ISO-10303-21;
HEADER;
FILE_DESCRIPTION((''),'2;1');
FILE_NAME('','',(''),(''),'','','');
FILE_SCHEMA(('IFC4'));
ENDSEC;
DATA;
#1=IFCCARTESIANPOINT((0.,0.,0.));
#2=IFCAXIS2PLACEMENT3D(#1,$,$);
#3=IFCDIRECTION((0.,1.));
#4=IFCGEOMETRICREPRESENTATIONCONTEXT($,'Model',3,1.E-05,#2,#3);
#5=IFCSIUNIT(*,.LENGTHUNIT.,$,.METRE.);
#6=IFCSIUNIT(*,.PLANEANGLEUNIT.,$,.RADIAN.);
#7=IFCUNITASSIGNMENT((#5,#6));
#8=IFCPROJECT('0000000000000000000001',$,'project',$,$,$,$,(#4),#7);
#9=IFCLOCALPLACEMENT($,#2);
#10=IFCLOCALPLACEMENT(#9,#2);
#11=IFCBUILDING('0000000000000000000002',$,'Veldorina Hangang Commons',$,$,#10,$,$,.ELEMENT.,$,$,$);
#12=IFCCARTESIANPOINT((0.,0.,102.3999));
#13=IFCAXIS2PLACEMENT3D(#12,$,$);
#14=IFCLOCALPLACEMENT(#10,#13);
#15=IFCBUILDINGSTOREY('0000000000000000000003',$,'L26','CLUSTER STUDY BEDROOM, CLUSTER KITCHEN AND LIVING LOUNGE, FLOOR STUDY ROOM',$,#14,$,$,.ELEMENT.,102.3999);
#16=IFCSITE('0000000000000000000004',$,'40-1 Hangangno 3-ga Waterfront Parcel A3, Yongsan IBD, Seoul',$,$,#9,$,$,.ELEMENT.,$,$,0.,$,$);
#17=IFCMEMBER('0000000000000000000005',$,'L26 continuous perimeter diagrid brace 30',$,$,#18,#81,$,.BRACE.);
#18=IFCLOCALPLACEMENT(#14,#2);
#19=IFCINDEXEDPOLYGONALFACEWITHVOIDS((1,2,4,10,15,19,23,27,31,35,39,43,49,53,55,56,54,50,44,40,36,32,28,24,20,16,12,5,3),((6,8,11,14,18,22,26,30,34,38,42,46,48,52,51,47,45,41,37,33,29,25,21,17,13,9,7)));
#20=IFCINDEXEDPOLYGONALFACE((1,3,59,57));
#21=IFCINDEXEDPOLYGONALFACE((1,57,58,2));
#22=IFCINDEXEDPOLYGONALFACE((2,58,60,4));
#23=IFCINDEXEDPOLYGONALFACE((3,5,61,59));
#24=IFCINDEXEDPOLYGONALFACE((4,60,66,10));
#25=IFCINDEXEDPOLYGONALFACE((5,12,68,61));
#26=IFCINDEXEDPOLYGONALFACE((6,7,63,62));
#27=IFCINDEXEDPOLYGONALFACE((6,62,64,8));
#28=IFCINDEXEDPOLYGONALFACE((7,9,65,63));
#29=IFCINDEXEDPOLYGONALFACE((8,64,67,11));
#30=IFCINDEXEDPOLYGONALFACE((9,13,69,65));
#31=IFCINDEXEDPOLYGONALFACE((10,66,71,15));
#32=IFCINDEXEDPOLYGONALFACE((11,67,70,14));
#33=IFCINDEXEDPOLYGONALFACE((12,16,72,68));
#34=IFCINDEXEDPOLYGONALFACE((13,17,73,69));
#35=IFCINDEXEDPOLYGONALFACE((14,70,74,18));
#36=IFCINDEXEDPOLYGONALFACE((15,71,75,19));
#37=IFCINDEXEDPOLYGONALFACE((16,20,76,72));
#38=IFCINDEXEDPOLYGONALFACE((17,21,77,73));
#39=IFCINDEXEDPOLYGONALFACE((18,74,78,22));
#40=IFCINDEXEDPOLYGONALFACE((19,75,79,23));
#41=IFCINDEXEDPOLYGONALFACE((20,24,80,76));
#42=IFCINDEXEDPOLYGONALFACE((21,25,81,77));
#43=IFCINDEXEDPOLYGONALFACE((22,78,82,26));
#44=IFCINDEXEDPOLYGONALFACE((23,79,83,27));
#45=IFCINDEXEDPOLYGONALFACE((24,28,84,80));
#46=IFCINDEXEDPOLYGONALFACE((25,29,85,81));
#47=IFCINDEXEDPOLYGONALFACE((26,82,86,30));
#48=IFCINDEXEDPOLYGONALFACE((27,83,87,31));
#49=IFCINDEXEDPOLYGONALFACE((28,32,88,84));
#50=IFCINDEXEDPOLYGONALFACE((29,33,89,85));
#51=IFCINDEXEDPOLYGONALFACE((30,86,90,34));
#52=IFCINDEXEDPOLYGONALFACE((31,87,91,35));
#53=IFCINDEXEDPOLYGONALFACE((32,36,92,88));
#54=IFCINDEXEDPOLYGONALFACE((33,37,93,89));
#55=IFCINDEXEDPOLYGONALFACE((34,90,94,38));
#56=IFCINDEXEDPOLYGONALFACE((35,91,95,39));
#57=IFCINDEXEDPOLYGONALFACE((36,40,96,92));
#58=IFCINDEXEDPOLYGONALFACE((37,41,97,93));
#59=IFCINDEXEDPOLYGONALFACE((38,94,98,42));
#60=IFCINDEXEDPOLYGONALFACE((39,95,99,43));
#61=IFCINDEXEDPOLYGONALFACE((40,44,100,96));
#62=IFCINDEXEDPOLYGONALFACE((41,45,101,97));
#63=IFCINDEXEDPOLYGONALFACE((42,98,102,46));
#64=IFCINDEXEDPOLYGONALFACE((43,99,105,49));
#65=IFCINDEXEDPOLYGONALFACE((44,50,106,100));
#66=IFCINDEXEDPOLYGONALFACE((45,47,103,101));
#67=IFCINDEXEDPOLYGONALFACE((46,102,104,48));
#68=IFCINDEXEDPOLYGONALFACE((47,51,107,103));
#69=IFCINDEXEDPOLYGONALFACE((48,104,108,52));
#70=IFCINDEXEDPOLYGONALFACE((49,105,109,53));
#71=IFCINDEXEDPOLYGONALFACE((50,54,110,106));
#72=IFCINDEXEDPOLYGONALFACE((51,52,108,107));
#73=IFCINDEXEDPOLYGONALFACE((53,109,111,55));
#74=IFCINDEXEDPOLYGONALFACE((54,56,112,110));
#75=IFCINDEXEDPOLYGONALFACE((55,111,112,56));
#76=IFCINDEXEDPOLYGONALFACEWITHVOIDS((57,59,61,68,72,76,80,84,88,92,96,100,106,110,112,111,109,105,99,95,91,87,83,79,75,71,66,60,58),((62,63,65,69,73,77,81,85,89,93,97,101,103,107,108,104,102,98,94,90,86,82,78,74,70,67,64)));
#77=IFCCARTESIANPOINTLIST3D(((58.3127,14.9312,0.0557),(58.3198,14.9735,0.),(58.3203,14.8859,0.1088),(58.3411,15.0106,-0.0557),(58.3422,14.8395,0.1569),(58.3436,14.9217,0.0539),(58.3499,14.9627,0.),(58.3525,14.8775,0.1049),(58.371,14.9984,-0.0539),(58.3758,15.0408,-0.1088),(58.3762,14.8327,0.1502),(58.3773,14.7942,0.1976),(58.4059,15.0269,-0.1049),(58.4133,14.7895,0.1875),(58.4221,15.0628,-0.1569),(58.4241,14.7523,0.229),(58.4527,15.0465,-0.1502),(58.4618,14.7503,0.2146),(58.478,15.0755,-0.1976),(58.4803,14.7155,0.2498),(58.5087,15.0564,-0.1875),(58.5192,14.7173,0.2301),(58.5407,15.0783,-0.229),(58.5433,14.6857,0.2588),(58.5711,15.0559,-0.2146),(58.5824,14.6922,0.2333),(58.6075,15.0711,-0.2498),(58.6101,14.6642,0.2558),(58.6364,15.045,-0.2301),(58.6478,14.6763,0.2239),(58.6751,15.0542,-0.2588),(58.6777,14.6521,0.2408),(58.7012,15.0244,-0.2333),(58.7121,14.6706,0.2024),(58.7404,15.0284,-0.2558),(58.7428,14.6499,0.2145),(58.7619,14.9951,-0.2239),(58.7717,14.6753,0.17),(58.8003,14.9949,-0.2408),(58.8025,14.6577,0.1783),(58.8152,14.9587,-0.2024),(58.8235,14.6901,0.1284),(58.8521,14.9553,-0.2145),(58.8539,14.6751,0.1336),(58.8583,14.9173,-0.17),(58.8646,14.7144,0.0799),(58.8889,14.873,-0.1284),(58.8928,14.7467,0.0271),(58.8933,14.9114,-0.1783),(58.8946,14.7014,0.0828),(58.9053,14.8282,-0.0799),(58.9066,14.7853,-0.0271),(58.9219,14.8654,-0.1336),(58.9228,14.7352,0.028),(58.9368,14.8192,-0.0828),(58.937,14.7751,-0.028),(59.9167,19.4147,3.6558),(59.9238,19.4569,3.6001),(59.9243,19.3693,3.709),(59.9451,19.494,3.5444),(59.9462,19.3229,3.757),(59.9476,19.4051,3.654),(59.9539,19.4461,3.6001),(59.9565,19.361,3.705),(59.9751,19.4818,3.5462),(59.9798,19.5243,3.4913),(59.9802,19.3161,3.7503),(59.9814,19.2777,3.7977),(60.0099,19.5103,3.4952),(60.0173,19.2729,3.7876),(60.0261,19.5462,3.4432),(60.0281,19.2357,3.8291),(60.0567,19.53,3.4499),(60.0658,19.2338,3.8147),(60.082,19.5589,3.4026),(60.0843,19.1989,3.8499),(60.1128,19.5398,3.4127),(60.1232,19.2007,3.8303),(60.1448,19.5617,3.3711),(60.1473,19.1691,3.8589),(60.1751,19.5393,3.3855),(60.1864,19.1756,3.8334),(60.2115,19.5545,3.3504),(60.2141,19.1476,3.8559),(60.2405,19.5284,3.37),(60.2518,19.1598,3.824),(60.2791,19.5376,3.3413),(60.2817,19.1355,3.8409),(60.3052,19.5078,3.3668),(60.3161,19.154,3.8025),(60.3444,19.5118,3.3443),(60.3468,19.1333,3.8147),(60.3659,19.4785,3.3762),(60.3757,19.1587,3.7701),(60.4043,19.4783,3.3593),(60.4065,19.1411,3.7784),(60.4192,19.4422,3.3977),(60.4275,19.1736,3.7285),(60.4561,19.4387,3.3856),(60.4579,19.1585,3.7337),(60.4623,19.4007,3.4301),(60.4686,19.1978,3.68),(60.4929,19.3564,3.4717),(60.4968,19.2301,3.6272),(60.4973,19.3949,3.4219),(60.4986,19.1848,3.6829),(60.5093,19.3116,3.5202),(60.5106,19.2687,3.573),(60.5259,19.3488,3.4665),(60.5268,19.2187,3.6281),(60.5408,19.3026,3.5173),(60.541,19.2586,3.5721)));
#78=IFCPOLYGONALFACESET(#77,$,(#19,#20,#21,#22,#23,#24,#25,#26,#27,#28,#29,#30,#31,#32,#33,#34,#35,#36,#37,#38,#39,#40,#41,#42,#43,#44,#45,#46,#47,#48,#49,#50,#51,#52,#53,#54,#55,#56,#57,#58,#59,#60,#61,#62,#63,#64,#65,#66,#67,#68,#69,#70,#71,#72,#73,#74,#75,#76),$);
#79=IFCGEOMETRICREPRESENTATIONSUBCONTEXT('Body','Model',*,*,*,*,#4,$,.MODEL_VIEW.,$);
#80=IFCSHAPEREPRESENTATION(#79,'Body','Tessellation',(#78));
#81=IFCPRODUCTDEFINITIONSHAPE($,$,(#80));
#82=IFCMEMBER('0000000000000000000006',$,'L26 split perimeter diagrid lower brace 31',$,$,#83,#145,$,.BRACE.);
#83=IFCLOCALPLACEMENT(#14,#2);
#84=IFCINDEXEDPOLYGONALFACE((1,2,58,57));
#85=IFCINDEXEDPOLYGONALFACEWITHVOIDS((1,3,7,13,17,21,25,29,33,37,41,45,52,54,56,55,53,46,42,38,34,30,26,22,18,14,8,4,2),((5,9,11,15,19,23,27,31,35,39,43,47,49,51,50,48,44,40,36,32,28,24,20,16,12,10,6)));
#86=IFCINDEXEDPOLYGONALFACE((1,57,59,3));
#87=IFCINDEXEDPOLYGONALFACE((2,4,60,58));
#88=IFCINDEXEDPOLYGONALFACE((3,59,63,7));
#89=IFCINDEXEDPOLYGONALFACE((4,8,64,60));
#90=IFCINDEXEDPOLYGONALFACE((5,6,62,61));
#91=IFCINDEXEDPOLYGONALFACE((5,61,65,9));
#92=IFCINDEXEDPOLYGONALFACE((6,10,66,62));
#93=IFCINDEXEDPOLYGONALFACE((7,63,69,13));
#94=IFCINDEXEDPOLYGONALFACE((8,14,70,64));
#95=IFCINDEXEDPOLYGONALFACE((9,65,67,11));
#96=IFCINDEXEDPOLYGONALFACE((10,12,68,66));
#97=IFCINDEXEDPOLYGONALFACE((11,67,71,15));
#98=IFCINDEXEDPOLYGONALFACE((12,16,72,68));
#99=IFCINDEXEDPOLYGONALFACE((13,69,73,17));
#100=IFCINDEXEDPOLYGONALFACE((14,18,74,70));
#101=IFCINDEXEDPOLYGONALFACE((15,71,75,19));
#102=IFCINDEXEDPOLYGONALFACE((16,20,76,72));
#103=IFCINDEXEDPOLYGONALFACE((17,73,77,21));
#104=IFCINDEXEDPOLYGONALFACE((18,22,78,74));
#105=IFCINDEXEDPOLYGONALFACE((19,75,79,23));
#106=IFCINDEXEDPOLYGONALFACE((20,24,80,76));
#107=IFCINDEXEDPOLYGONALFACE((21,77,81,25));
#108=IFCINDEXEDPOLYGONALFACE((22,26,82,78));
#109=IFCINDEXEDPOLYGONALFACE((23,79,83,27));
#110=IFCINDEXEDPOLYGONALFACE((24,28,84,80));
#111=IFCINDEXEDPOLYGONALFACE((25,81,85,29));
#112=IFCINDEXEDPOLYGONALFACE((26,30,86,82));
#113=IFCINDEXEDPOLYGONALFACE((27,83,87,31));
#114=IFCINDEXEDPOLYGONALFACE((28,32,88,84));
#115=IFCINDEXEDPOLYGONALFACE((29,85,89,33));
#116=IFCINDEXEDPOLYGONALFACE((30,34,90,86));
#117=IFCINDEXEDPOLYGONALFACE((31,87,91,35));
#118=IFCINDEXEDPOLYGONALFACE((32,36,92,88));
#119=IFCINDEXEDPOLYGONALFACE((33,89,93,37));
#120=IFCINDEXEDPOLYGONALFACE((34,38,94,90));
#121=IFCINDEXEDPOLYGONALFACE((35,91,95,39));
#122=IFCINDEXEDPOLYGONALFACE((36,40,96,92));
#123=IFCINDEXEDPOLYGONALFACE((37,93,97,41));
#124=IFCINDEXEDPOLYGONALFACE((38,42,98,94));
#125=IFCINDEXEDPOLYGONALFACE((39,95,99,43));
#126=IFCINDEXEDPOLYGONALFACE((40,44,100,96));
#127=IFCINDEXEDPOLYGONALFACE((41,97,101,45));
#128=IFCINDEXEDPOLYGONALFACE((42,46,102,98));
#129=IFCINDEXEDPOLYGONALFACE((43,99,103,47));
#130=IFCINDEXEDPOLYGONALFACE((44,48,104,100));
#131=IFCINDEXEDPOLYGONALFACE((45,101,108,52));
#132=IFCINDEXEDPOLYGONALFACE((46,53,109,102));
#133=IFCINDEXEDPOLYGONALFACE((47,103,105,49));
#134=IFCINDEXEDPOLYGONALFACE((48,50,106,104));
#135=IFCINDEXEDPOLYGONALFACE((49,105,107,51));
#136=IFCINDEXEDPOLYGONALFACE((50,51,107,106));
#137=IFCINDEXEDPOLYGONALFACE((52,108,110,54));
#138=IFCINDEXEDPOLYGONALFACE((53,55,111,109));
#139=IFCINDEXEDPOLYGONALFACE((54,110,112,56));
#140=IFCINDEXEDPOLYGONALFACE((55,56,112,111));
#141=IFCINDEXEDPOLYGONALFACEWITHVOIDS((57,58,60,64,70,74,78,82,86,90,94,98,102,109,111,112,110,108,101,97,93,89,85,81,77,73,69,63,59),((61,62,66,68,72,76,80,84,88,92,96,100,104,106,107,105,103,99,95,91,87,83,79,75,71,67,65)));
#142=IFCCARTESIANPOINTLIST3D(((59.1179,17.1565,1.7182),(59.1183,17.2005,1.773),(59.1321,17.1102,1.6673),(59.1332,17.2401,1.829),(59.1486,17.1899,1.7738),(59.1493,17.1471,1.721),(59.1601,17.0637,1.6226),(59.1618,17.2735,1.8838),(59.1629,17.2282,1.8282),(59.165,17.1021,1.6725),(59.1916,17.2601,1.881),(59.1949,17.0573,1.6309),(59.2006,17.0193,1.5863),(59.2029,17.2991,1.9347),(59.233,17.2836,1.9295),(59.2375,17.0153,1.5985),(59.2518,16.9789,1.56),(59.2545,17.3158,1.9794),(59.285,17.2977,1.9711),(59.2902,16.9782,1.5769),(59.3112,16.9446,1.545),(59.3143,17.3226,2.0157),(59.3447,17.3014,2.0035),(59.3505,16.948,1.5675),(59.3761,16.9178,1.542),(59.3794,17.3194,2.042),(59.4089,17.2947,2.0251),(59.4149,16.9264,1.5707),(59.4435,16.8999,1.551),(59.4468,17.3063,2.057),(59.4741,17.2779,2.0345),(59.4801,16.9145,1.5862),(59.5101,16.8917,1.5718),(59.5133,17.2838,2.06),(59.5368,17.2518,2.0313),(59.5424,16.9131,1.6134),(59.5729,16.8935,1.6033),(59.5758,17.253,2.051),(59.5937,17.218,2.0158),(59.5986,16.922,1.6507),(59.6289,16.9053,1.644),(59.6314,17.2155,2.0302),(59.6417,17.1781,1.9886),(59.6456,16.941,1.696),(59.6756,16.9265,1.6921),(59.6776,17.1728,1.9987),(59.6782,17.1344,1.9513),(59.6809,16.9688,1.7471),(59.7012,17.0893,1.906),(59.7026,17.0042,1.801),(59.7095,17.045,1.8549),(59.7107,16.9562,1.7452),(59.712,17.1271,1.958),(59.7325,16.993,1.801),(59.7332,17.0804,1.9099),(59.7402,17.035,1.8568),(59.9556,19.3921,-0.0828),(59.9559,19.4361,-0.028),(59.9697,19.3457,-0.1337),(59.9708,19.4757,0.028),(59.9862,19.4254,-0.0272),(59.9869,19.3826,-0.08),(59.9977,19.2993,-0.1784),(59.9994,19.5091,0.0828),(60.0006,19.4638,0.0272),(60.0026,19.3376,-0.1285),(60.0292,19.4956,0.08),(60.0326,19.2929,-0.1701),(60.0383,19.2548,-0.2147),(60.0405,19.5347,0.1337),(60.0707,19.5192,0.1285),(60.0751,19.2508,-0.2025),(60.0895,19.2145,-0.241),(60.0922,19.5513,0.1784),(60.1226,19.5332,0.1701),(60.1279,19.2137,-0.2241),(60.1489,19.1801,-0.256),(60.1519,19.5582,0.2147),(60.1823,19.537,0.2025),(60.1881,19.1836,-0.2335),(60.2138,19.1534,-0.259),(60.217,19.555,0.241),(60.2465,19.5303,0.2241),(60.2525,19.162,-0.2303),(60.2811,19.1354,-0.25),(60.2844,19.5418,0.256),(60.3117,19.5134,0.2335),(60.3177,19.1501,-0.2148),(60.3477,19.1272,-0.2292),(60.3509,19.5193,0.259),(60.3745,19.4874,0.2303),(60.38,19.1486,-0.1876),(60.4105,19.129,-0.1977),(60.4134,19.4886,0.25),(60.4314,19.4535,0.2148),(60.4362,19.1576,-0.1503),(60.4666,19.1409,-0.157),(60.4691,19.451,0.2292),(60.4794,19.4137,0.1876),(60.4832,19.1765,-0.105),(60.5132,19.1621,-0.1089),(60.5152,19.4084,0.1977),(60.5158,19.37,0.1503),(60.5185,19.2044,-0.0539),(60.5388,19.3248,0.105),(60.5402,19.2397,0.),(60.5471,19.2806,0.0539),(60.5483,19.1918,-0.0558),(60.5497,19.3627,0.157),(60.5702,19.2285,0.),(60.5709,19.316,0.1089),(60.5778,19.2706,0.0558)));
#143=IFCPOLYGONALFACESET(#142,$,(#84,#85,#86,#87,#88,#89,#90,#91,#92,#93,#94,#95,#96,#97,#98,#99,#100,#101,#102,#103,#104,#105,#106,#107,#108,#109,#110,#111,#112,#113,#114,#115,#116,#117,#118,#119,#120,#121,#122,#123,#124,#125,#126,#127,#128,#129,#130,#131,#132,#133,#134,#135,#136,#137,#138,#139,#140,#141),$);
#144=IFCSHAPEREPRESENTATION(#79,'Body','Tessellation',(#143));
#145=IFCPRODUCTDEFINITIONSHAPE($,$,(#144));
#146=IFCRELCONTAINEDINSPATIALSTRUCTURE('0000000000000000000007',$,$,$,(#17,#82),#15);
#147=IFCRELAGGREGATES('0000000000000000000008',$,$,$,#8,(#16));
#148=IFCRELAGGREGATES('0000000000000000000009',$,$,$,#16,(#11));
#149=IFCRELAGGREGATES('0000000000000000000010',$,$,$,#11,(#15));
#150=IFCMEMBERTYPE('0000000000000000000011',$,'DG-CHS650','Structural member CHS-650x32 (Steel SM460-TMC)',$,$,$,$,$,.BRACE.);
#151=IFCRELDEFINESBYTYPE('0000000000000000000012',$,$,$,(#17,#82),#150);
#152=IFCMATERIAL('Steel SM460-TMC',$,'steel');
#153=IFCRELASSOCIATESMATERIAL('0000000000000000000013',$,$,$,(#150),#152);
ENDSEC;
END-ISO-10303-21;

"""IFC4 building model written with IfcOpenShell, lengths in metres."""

from ifc_helpers import new_model, si_unit, direction, frame, origin, origin_2d, place, context, subcontext, project, spatial, hollow_circle, extrude, material, material_profile, profile_set, type_object, element, save


model = new_model("IFC4")

# Units and contexts
model_context = context("Model", 3, precision=1e-05, world=origin(), true_north=direction((0.0, 1.0)))
body_context = subcontext(model_context, "Body", "Model", "MODEL_VIEW")
ifc_project = project(units=[si_unit("LENGTHUNIT", "METRE"), si_unit("PLANEANGLEUNIT", "RADIAN")], contexts=[model_context])

# Site, building, storey
site_placement = place(None, origin())
site = spatial("IfcSite", under=ifc_project, at=site_placement, Name="40-1 Hangangno 3-ga Waterfront Parcel A3, Yongsan IBD, Seoul", CompositionType="ELEMENT", RefElevation=0.0)
building_placement = place(site_placement, origin())
building = spatial("IfcBuilding", under=site, at=building_placement, Name="Veldorina Hangang Commons", CompositionType="ELEMENT")
storey_placement = place(building_placement, frame((0.0, 0.0, 102.3999)))
storey = spatial("IfcBuildingStorey", under=building, at=storey_placement, Name="L26", Description="CLUSTER STUDY BEDROOM, CLUSTER KITCHEN AND LIVING LOUNGE, FLOOR STUDY ROOM", CompositionType="ELEMENT", Elevation=102.3999)

# Members
ifc_material_1 = material(Name="Steel SM460-TMC", Category="steel")
ifc_material_profile_1 = material_profile(ifc_material_1, hollow_circle(Radius=0.325, WallThickness=0.032, at=origin_2d()), Name="CHS-650x32")
ifc_profile_set_1 = profile_set([ifc_material_profile_1], Name="Steel SM460-TMC")
member_type_1 = type_object("IfcMemberType", Name="DG-CHS650", Description="Structural member CHS-650x32 (Steel SM460-TMC)", PredefinedType="BRACE", material=ifc_profile_set_1)
member_1_placement = place(storey_placement, frame((58.6257, 14.864, 0.0), z_axis=(0.268702, 0.751057, 0.603086), x_axis=(-0.941556, 0.336856, 0.0)))
element("IfcMember", 1, at=member_1_placement, inside=storey, type_object=member_type_1, Name="L26 continuous perimeter diagrid brace 30", PredefinedType="BRACE", context=body_context, shape_type="SweptSolid", body=[
    extrude(hollow_circle(Radius=0.325, WallThickness=0.032, at=origin_2d()), origin(), (0.0, 0.0, 1.0), 5.9695),
])
member_2_placement = place(storey_placement, frame((60.2659, 19.3425, 0.0), z_axis=(-0.2801, -0.74756, 0.602244), x_axis=(0.936426, -0.350866, 0.0)))
element("IfcMember", 2, at=member_2_placement, inside=storey, type_object=member_type_1, Name="L26 split perimeter diagrid lower brace 31", PredefinedType="BRACE", context=body_context, shape_type="SweptSolid", body=[
    extrude(hollow_circle(Radius=0.325, WallThickness=0.032, at=origin_2d()), origin(), (0.0, 0.0, 1.0), 2.9905),
])

save(model, "model.ifc")
